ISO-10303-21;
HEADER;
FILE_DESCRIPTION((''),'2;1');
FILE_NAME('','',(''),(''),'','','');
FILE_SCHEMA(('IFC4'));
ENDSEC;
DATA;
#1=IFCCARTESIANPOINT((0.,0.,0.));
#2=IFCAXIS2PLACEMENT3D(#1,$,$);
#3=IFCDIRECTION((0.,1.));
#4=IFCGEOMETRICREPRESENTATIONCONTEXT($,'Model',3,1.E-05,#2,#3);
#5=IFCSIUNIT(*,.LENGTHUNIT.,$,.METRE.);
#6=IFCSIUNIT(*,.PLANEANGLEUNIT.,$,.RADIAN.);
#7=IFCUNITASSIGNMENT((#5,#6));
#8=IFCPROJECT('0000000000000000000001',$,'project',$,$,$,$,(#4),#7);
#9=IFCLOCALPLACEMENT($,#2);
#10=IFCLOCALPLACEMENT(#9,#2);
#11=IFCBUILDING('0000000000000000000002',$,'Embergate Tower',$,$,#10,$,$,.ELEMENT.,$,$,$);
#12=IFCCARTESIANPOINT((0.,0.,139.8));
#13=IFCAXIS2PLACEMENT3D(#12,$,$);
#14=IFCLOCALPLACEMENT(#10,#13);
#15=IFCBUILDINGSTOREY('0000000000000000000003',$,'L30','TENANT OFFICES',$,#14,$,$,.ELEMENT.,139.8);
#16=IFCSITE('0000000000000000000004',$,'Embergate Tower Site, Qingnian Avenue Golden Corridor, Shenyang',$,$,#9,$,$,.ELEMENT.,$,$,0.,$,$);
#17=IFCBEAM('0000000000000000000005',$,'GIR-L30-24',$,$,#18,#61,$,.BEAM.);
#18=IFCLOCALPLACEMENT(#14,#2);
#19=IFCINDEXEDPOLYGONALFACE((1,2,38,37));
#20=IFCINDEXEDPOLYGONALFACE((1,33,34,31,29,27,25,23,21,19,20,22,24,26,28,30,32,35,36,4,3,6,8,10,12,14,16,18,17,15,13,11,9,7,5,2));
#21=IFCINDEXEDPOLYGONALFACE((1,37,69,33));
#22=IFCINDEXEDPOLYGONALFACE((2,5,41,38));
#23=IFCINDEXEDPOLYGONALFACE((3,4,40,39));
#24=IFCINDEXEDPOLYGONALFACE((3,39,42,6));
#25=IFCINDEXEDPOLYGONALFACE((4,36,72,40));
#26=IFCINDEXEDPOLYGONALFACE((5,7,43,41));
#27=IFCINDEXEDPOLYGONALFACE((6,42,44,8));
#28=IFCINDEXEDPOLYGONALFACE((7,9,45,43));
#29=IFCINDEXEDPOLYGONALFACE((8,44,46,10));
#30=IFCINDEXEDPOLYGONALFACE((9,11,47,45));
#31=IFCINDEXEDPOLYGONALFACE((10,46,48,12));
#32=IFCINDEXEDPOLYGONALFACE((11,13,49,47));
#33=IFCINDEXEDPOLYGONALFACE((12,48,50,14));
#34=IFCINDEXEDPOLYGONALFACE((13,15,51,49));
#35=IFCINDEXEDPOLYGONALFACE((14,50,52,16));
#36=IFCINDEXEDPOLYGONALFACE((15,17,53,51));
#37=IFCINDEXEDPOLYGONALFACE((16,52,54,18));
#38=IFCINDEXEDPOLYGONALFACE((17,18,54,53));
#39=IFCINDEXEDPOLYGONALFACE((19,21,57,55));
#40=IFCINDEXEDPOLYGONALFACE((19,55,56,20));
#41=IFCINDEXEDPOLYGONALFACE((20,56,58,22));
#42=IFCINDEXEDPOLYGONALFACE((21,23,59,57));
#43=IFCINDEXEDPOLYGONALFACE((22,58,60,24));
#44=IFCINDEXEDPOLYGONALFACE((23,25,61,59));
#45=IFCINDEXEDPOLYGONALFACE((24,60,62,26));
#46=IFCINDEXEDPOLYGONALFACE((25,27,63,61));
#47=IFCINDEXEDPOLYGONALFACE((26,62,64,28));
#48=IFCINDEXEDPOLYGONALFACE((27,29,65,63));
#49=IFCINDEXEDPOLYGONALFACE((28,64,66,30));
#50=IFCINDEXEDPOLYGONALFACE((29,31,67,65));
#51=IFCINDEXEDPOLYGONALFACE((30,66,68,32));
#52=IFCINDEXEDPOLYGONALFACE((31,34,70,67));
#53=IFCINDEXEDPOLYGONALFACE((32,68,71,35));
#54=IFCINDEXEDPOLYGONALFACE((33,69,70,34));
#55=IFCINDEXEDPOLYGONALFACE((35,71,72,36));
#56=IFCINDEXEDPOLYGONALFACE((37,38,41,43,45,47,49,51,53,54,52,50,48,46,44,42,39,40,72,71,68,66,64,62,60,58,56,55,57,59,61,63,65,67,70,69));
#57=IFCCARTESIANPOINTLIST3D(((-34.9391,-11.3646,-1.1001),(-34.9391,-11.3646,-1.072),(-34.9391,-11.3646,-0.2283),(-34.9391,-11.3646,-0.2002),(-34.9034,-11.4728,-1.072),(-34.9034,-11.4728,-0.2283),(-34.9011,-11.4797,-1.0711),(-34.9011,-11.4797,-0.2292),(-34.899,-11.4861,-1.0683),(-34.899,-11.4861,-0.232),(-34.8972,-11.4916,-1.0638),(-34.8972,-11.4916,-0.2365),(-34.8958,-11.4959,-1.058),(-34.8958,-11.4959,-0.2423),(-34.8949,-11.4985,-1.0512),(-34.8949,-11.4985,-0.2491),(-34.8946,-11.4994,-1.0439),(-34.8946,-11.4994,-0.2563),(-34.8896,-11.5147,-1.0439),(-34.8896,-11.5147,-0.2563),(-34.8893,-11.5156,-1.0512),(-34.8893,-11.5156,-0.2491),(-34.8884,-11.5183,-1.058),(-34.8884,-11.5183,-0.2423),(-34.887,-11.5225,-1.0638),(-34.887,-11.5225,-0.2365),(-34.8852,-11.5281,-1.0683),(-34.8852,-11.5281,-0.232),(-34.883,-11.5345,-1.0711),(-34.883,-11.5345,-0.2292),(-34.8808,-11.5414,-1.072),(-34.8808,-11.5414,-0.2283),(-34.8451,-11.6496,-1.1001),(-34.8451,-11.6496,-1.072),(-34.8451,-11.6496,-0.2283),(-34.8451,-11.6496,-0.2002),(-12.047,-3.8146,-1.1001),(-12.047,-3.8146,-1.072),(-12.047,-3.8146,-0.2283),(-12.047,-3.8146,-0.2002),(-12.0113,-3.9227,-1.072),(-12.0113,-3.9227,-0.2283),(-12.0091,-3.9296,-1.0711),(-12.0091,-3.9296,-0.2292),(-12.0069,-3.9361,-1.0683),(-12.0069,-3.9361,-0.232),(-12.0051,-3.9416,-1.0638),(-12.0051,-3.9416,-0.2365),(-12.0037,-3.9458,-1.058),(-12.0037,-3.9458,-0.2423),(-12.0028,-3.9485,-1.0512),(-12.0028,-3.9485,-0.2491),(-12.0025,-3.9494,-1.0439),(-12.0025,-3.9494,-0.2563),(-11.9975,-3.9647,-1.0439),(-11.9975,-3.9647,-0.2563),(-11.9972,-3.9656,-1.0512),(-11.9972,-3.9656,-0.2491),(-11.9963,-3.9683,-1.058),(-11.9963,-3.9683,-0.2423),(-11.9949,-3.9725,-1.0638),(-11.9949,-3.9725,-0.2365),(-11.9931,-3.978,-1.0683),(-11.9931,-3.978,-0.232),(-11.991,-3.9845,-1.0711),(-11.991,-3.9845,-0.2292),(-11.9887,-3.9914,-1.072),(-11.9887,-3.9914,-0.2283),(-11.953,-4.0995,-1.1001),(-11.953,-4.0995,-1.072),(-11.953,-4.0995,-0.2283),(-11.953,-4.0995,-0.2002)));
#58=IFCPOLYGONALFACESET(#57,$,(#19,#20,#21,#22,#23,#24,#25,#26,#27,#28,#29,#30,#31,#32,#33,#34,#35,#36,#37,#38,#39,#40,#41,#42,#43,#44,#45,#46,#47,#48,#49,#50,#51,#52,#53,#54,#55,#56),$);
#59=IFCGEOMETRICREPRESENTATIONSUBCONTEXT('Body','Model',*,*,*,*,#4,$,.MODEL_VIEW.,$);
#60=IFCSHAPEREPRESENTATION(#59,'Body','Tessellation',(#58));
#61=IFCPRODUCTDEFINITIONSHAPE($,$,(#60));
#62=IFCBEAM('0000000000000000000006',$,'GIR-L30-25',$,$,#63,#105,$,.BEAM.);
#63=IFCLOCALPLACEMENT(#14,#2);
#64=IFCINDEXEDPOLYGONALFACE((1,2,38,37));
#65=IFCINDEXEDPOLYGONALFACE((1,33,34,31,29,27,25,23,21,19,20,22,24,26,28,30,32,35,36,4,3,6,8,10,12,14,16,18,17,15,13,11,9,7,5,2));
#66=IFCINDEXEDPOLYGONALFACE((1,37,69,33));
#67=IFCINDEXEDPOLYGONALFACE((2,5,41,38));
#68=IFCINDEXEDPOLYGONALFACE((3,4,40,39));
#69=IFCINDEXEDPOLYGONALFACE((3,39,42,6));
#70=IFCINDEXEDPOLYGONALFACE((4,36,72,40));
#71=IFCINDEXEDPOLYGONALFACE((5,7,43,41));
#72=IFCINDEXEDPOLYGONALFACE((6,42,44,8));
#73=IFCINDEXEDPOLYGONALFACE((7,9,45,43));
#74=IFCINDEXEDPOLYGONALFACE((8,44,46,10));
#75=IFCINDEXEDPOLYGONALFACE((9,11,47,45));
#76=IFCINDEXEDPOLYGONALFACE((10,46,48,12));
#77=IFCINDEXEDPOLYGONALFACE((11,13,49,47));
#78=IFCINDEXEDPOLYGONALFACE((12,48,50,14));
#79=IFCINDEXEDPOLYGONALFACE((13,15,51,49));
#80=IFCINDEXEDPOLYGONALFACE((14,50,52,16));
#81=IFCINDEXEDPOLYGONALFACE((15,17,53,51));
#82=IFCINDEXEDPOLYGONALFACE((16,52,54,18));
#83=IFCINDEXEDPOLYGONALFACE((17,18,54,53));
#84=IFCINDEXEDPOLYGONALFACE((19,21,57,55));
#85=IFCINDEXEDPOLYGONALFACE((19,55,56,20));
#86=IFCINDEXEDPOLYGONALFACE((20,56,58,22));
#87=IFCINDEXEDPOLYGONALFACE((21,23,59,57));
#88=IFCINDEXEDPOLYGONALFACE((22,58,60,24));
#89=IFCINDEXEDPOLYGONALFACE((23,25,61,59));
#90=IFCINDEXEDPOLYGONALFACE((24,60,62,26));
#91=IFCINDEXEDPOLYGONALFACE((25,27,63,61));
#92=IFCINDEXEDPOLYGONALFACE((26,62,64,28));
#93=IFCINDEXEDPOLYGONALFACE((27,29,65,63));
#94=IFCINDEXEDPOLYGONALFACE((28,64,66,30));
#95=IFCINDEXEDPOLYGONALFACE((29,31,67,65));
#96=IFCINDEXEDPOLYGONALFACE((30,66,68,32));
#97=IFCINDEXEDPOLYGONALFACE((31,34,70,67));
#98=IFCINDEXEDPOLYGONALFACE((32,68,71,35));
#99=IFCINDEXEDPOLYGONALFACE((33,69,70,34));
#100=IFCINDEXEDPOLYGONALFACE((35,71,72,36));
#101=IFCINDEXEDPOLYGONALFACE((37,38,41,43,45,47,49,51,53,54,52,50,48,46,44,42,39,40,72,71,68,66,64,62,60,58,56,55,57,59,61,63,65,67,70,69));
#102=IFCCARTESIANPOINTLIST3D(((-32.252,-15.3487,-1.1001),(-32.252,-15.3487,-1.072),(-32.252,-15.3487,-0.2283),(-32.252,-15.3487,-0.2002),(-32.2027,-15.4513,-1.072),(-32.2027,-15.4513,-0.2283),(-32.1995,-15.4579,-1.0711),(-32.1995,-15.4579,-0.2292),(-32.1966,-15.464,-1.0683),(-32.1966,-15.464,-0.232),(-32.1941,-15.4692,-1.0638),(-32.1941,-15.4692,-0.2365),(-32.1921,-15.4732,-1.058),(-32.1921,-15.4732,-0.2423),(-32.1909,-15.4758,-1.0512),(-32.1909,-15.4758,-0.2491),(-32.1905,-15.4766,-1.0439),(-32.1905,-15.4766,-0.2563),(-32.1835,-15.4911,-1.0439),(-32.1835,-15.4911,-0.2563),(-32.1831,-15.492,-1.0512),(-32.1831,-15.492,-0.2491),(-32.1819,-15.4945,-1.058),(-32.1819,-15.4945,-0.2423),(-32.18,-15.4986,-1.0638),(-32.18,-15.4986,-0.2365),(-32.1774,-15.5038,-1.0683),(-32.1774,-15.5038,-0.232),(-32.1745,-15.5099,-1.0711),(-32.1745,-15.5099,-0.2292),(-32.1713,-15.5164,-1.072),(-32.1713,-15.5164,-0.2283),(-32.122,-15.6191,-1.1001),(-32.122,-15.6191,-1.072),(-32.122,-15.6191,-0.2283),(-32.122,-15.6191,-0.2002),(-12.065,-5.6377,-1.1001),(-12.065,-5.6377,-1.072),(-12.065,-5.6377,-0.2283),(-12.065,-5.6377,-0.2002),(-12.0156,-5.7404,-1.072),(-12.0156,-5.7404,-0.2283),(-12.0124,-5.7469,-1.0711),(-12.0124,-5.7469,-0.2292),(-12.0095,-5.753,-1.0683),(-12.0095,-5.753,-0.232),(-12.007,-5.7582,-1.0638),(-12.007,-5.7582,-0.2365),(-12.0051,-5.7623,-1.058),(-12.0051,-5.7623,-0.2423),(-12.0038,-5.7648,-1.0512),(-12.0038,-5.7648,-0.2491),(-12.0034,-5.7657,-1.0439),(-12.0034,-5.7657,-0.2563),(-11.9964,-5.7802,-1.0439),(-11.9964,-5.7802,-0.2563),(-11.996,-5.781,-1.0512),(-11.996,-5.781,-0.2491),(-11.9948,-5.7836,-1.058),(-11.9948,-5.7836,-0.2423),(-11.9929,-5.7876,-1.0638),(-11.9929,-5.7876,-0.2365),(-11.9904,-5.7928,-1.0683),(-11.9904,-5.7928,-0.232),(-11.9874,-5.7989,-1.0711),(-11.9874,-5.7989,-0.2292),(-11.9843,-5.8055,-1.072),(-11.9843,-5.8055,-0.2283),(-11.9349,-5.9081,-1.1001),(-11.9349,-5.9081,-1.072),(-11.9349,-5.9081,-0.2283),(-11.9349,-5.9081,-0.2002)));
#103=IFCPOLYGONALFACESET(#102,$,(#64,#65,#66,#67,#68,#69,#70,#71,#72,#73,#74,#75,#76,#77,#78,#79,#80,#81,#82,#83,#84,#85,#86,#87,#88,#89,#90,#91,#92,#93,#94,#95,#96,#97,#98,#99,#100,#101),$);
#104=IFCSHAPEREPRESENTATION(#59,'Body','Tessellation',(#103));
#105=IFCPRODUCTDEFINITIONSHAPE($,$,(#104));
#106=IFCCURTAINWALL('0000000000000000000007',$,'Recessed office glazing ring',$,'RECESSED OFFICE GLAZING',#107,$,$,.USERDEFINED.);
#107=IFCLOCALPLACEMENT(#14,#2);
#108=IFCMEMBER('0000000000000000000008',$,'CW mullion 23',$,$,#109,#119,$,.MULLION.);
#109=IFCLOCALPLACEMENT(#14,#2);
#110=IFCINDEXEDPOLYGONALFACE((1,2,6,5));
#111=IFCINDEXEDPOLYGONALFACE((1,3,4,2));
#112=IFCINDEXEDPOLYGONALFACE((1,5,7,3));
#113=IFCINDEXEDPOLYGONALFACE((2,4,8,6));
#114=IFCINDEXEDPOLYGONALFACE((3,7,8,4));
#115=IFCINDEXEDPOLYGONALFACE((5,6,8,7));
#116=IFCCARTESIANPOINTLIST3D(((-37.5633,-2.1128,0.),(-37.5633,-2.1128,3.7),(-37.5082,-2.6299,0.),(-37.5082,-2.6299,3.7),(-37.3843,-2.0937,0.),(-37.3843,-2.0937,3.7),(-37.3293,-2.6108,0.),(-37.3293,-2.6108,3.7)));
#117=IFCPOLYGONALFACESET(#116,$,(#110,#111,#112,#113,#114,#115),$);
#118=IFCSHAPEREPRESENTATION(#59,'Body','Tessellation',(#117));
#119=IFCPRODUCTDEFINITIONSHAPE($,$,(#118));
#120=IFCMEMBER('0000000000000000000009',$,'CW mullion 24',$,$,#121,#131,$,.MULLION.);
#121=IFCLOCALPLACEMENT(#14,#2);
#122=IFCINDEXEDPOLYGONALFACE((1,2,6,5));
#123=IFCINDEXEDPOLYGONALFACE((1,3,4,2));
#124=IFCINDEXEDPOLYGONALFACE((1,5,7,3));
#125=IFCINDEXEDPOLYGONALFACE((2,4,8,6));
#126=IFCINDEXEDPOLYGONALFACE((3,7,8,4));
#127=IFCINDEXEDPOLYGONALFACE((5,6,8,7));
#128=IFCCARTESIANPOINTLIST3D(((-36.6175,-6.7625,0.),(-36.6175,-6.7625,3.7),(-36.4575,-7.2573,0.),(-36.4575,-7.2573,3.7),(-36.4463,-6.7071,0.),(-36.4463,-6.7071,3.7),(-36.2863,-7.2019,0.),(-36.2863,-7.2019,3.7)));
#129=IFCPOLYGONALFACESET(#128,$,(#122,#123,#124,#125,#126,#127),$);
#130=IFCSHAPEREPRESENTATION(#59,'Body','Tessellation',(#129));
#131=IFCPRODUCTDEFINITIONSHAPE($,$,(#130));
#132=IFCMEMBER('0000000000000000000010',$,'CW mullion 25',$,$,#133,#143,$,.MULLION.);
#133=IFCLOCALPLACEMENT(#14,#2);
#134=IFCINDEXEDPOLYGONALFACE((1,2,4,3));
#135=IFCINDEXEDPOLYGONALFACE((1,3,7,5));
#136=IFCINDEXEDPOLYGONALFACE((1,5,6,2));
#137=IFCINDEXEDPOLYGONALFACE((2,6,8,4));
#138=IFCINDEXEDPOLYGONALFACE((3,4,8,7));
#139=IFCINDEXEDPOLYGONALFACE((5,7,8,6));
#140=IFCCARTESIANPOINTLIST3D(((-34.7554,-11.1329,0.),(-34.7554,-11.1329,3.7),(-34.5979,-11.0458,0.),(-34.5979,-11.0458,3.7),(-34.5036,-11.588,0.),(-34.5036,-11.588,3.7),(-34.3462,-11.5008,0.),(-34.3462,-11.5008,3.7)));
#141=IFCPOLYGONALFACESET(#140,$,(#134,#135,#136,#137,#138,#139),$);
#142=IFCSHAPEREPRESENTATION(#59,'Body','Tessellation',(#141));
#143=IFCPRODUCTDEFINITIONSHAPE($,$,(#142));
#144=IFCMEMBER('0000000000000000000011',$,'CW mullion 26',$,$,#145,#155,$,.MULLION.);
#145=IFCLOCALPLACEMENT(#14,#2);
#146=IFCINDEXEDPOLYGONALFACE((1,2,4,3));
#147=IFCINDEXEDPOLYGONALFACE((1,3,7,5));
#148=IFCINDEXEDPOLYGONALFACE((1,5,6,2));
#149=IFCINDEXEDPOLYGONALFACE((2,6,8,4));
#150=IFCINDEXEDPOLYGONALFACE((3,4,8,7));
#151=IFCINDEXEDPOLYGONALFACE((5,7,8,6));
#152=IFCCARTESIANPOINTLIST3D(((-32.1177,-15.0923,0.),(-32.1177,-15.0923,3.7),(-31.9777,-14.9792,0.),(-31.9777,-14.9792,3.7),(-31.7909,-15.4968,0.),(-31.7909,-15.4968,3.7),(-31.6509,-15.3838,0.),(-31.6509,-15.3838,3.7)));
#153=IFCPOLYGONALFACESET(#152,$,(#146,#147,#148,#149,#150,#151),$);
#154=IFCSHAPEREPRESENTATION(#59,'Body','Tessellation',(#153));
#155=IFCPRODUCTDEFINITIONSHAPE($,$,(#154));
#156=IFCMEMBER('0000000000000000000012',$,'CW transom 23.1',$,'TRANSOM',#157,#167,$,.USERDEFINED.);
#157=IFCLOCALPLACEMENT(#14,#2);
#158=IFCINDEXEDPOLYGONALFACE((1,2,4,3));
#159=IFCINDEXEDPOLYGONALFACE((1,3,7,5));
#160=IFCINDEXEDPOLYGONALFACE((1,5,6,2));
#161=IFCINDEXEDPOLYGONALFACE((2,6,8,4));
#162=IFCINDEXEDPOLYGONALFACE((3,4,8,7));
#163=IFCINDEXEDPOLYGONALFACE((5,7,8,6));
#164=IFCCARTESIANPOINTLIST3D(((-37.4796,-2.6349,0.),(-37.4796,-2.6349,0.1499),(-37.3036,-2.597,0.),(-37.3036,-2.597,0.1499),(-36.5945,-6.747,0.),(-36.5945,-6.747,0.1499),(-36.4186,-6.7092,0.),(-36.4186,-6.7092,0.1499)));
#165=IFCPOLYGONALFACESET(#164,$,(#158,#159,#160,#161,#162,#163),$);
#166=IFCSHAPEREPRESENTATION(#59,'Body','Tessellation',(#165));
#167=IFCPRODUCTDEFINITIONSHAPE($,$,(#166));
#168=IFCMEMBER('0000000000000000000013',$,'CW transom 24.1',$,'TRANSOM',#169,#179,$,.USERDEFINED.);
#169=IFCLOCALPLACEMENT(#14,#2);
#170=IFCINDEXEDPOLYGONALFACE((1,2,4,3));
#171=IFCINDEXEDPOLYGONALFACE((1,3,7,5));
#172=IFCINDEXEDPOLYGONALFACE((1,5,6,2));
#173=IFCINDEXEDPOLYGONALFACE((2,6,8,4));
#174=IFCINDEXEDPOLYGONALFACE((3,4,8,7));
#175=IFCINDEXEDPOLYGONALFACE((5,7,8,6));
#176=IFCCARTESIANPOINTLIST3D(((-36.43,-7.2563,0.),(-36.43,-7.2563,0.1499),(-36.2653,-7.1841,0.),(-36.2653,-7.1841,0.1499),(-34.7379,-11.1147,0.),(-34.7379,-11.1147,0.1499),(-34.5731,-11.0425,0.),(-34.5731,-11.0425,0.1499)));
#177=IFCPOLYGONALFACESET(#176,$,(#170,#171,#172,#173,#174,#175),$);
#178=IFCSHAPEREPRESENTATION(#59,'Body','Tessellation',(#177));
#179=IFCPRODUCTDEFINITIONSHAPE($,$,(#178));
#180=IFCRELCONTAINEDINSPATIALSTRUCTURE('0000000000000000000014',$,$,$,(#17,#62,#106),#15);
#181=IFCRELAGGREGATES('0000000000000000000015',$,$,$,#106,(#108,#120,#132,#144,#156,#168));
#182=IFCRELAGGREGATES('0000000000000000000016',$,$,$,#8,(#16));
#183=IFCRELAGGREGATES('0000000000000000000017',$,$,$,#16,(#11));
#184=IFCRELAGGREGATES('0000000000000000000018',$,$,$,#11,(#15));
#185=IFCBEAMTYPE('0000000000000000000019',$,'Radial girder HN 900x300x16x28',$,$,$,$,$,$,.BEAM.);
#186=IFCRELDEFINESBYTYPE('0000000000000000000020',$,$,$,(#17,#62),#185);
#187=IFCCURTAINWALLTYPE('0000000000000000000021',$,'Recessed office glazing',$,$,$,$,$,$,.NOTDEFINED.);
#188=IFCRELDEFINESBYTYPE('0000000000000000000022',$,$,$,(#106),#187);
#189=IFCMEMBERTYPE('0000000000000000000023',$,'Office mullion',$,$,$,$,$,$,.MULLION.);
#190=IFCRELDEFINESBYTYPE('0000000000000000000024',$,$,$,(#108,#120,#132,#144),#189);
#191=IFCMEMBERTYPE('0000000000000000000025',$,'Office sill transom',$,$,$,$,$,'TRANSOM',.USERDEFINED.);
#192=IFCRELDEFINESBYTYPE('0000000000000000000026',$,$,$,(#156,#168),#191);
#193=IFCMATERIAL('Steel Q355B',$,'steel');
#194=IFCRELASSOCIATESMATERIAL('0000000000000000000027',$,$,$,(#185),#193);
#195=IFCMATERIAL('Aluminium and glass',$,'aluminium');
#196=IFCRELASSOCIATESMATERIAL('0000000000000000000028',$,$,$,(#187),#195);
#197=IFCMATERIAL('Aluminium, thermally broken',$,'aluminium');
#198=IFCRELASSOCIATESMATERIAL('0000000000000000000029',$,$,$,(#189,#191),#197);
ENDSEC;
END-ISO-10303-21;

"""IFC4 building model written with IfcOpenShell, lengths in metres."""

from ifc_helpers import new_model, si_unit, direction, frame, origin, origin_2d, place, context, subcontext, project, spatial, rectangle, i_section, extrude, source, transform, mapped, material, material_profile, profile_set, type_object, element, aggregate, save


model = new_model("IFC4")

# Units and contexts
model_context = context("Model", 3, precision=1e-05, world=origin(), true_north=direction((0.0, 1.0)))
body_context = subcontext(model_context, "Body", "Model", "MODEL_VIEW")
ifc_project = project(units=[si_unit("LENGTHUNIT", "METRE"), si_unit("PLANEANGLEUNIT", "RADIAN")], contexts=[model_context])

# Site, building, storey
site_placement = place(None, origin())
site = spatial("IfcSite", under=ifc_project, at=site_placement, Name="Embergate Tower Site, Qingnian Avenue Golden Corridor, Shenyang", CompositionType="ELEMENT", RefElevation=0.0)
building_placement = place(site_placement, origin())
building = spatial("IfcBuilding", under=site, at=building_placement, Name="Embergate Tower", CompositionType="ELEMENT")
storey_placement = place(building_placement, frame((0.0, 0.0, 139.8)))
storey = spatial("IfcBuildingStorey", under=building, at=storey_placement, Name="L30", Description="TENANT OFFICES", CompositionType="ELEMENT", Elevation=139.8)

# Beams
ifc_material_1 = material(Name="Steel Q355B", Category="steel")
ifc_material_profile_1 = material_profile(ifc_material_1, i_section(OverallWidth=0.3, OverallDepth=0.8999, WebThickness=0.0161, FlangeThickness=0.0281, FilletRadius=0.0281, at=origin_2d()), Name="HN 900x300x16x28")
ifc_profile_set_1 = profile_set([ifc_material_profile_1], Name="Steel Q355 grade B")
beam_type_1 = type_object("IfcBeamType", Name="Radial girder HN 900x300x16x28", PredefinedType="BEAM", material=ifc_profile_set_1)
shared_shape_1 = source(origin(), body_context, "Body", "SweptSolid", [
    extrude(i_section(OverallWidth=0.3, OverallDepth=0.8999, WebThickness=0.0161, FlangeThickness=0.0281, FilletRadius=0.0281, at=origin_2d()), origin(), (0.0, 0.0, 1.0), 24.105),
])
beam_1_placement = place(storey_placement, frame((-34.8921, -11.5071, -0.6501), z_axis=(0.949682, 0.313215, 0.0), x_axis=(-0.313215, 0.949682, 0.0)))
element("IfcBeam", 1, at=beam_1_placement, inside=storey, type_object=beam_type_1, Name="GIR-L30-24", PredefinedType="BEAM", context=body_context, shape_type="MappedRepresentation", body=[
    mapped(shared_shape_1, transform((0.0, 0.0, 0.0))),
])
shared_shape_2 = source(origin(), body_context, "Body", "SweptSolid", [
    extrude(i_section(OverallWidth=0.3, OverallDepth=0.8999, WebThickness=0.0161, FlangeThickness=0.0281, FilletRadius=0.0281, at=origin_2d()), origin(), (0.0, 0.0, 1.0), 22.4014),
])
beam_2_placement = place(storey_placement, frame((-32.187, -15.4839, -0.6501), z_axis=(0.901154, 0.433499, 0.0), x_axis=(-0.433499, 0.901154, 0.0)))
element("IfcBeam", 2, at=beam_2_placement, inside=storey, type_object=beam_type_1, Name="GIR-L30-25", PredefinedType="BEAM", context=body_context, shape_type="MappedRepresentation", body=[
    mapped(shared_shape_2, transform((0.0, 0.0, 0.0))),
])

# Curtain wall, members
ifc_material_2 = material(Name="Aluminium and glass", Category="aluminium")
curtain_wall_type = type_object("IfcCurtainWallType", Name="Recessed office glazing", PredefinedType="NOTDEFINED", material=ifc_material_2)
curtain_wall_placement = place(storey_placement, origin())
curtain_wall = element("IfcCurtainWall", 3, at=curtain_wall_placement, inside=storey, type_object=curtain_wall_type, Name="Recessed office glazing ring", ObjectType="RECESSED OFFICE GLAZING", PredefinedType="USERDEFINED")
ifc_material_3 = material(Name="Aluminium, thermally broken", Category="aluminium")
ifc_material_profile_2 = material_profile(ifc_material_3, rectangle(XDim=0.1799, YDim=0.52, at=origin_2d()), Name="AL 520x180")
ifc_profile_set_2 = profile_set([ifc_material_profile_2], Name="Aluminium, thermally broken")
member_type_1 = type_object("IfcMemberType", Name="Office mullion", PredefinedType="MULLION", material=ifc_profile_set_2)
shared_shape_3 = source(origin(), body_context, "Body", "SweptSolid", [
    extrude(rectangle(XDim=0.1799, YDim=0.52, at=origin_2d()), origin(), (0.0, 0.0, 1.0), 3.7),
])
member_1_placement = place(storey_placement, frame((-37.4463, -2.3618, 0.0), z_axis=(0.0, 0.0, 1.0), x_axis=(0.994385, 0.105823, 0.0)))
member_1 = element("IfcMember", 4, at=member_1_placement, type_object=member_type_1, Name="CW mullion 23", PredefinedType="MULLION", context=body_context, shape_type="MappedRepresentation", body=[
    mapped(shared_shape_3, transform((0.0, 0.0, 0.0))),
])
member_2_placement = place(storey_placement, frame((-36.4519, -6.9822, 0.0), z_axis=(0.0, 0.0, 1.0), x_axis=(0.951498, 0.307656, 0.0)))
member_2 = element("IfcMember", 5, at=member_2_placement, type_object=member_type_1, Name="CW mullion 24", PredefinedType="MULLION", context=body_context, shape_type="MappedRepresentation", body=[
    mapped(shared_shape_3, transform((0.0, 0.0, 0.0))),
])
member_3_placement = place(storey_placement, frame((-34.5508, -11.3169, 0.0), z_axis=(0.0, 0.0, 1.0), x_axis=(0.875002, 0.484119, 0.0)))
member_3 = element("IfcMember", 6, at=member_3_placement, type_object=member_type_1, Name="CW mullion 25", PredefinedType="MULLION", context=body_context, shape_type="MappedRepresentation", body=[
    mapped(shared_shape_3, transform((0.0, 0.0, 0.0))),
])
member_4_placement = place(storey_placement, frame((-31.8843, -15.238, 0.0), z_axis=(0.0, 0.0, 1.0), x_axis=(0.777871, 0.628423, 0.0)))
member_4 = element("IfcMember", 7, at=member_4_placement, type_object=member_type_1, Name="CW mullion 26", PredefinedType="MULLION", context=body_context, shape_type="MappedRepresentation", body=[
    mapped(shared_shape_3, transform((0.0, 0.0, 0.0))),
])
ifc_material_profile_3 = material_profile(ifc_material_3, rectangle(XDim=0.1799, YDim=0.1499, at=origin_2d()), Name="AL 150x180")
ifc_profile_set_3 = profile_set([ifc_material_profile_3], Name="Aluminium, thermally broken")
member_type_2 = type_object("IfcMemberType", Name="Office sill transom", ElementType="TRANSOM", PredefinedType="USERDEFINED", material=ifc_profile_set_3)
shared_shape_4 = source(origin(), body_context, "Body", "SweptSolid", [
    extrude(rectangle(XDim=0.1799, YDim=0.1499, at=origin_2d()), origin(), (0.0, 0.0, 1.0), 4.2063),
])
member_5_placement = place(storey_placement, frame((-37.3916, -2.616, 0.075), z_axis=(0.210405, -0.977614, 0.0), x_axis=(0.977614, 0.210405, 0.0)))
member_5 = element("IfcMember", 8, at=member_5_placement, type_object=member_type_2, Name="CW transom 23.1", ObjectType="TRANSOM", PredefinedType="USERDEFINED", context=body_context, shape_type="MappedRepresentation", body=[
    mapped(shared_shape_4, transform((0.0, 0.0, 0.0))),
])
shared_shape_5 = source(origin(), body_context, "Body", "SweptSolid", [
    extrude(rectangle(XDim=0.1799, YDim=0.1499, at=origin_2d()), origin(), (0.0, 0.0, 1.0), 4.2131),
])
member_6_placement = place(storey_placement, frame((-36.3477, -7.2202, 0.075), z_axis=(0.401633, -0.915801, 0.0), x_axis=(0.915801, 0.401633, 0.0)))
member_6 = element("IfcMember", 9, at=member_6_placement, type_object=member_type_2, Name="CW transom 24.1", ObjectType="TRANSOM", PredefinedType="USERDEFINED", context=body_context, shape_type="MappedRepresentation", body=[
    mapped(shared_shape_5, transform((0.0, 0.0, 0.0))),
])
aggregate(curtain_wall, [member_1, member_2, member_3, member_4, member_5, member_6])

save(model, "model.ifc")
